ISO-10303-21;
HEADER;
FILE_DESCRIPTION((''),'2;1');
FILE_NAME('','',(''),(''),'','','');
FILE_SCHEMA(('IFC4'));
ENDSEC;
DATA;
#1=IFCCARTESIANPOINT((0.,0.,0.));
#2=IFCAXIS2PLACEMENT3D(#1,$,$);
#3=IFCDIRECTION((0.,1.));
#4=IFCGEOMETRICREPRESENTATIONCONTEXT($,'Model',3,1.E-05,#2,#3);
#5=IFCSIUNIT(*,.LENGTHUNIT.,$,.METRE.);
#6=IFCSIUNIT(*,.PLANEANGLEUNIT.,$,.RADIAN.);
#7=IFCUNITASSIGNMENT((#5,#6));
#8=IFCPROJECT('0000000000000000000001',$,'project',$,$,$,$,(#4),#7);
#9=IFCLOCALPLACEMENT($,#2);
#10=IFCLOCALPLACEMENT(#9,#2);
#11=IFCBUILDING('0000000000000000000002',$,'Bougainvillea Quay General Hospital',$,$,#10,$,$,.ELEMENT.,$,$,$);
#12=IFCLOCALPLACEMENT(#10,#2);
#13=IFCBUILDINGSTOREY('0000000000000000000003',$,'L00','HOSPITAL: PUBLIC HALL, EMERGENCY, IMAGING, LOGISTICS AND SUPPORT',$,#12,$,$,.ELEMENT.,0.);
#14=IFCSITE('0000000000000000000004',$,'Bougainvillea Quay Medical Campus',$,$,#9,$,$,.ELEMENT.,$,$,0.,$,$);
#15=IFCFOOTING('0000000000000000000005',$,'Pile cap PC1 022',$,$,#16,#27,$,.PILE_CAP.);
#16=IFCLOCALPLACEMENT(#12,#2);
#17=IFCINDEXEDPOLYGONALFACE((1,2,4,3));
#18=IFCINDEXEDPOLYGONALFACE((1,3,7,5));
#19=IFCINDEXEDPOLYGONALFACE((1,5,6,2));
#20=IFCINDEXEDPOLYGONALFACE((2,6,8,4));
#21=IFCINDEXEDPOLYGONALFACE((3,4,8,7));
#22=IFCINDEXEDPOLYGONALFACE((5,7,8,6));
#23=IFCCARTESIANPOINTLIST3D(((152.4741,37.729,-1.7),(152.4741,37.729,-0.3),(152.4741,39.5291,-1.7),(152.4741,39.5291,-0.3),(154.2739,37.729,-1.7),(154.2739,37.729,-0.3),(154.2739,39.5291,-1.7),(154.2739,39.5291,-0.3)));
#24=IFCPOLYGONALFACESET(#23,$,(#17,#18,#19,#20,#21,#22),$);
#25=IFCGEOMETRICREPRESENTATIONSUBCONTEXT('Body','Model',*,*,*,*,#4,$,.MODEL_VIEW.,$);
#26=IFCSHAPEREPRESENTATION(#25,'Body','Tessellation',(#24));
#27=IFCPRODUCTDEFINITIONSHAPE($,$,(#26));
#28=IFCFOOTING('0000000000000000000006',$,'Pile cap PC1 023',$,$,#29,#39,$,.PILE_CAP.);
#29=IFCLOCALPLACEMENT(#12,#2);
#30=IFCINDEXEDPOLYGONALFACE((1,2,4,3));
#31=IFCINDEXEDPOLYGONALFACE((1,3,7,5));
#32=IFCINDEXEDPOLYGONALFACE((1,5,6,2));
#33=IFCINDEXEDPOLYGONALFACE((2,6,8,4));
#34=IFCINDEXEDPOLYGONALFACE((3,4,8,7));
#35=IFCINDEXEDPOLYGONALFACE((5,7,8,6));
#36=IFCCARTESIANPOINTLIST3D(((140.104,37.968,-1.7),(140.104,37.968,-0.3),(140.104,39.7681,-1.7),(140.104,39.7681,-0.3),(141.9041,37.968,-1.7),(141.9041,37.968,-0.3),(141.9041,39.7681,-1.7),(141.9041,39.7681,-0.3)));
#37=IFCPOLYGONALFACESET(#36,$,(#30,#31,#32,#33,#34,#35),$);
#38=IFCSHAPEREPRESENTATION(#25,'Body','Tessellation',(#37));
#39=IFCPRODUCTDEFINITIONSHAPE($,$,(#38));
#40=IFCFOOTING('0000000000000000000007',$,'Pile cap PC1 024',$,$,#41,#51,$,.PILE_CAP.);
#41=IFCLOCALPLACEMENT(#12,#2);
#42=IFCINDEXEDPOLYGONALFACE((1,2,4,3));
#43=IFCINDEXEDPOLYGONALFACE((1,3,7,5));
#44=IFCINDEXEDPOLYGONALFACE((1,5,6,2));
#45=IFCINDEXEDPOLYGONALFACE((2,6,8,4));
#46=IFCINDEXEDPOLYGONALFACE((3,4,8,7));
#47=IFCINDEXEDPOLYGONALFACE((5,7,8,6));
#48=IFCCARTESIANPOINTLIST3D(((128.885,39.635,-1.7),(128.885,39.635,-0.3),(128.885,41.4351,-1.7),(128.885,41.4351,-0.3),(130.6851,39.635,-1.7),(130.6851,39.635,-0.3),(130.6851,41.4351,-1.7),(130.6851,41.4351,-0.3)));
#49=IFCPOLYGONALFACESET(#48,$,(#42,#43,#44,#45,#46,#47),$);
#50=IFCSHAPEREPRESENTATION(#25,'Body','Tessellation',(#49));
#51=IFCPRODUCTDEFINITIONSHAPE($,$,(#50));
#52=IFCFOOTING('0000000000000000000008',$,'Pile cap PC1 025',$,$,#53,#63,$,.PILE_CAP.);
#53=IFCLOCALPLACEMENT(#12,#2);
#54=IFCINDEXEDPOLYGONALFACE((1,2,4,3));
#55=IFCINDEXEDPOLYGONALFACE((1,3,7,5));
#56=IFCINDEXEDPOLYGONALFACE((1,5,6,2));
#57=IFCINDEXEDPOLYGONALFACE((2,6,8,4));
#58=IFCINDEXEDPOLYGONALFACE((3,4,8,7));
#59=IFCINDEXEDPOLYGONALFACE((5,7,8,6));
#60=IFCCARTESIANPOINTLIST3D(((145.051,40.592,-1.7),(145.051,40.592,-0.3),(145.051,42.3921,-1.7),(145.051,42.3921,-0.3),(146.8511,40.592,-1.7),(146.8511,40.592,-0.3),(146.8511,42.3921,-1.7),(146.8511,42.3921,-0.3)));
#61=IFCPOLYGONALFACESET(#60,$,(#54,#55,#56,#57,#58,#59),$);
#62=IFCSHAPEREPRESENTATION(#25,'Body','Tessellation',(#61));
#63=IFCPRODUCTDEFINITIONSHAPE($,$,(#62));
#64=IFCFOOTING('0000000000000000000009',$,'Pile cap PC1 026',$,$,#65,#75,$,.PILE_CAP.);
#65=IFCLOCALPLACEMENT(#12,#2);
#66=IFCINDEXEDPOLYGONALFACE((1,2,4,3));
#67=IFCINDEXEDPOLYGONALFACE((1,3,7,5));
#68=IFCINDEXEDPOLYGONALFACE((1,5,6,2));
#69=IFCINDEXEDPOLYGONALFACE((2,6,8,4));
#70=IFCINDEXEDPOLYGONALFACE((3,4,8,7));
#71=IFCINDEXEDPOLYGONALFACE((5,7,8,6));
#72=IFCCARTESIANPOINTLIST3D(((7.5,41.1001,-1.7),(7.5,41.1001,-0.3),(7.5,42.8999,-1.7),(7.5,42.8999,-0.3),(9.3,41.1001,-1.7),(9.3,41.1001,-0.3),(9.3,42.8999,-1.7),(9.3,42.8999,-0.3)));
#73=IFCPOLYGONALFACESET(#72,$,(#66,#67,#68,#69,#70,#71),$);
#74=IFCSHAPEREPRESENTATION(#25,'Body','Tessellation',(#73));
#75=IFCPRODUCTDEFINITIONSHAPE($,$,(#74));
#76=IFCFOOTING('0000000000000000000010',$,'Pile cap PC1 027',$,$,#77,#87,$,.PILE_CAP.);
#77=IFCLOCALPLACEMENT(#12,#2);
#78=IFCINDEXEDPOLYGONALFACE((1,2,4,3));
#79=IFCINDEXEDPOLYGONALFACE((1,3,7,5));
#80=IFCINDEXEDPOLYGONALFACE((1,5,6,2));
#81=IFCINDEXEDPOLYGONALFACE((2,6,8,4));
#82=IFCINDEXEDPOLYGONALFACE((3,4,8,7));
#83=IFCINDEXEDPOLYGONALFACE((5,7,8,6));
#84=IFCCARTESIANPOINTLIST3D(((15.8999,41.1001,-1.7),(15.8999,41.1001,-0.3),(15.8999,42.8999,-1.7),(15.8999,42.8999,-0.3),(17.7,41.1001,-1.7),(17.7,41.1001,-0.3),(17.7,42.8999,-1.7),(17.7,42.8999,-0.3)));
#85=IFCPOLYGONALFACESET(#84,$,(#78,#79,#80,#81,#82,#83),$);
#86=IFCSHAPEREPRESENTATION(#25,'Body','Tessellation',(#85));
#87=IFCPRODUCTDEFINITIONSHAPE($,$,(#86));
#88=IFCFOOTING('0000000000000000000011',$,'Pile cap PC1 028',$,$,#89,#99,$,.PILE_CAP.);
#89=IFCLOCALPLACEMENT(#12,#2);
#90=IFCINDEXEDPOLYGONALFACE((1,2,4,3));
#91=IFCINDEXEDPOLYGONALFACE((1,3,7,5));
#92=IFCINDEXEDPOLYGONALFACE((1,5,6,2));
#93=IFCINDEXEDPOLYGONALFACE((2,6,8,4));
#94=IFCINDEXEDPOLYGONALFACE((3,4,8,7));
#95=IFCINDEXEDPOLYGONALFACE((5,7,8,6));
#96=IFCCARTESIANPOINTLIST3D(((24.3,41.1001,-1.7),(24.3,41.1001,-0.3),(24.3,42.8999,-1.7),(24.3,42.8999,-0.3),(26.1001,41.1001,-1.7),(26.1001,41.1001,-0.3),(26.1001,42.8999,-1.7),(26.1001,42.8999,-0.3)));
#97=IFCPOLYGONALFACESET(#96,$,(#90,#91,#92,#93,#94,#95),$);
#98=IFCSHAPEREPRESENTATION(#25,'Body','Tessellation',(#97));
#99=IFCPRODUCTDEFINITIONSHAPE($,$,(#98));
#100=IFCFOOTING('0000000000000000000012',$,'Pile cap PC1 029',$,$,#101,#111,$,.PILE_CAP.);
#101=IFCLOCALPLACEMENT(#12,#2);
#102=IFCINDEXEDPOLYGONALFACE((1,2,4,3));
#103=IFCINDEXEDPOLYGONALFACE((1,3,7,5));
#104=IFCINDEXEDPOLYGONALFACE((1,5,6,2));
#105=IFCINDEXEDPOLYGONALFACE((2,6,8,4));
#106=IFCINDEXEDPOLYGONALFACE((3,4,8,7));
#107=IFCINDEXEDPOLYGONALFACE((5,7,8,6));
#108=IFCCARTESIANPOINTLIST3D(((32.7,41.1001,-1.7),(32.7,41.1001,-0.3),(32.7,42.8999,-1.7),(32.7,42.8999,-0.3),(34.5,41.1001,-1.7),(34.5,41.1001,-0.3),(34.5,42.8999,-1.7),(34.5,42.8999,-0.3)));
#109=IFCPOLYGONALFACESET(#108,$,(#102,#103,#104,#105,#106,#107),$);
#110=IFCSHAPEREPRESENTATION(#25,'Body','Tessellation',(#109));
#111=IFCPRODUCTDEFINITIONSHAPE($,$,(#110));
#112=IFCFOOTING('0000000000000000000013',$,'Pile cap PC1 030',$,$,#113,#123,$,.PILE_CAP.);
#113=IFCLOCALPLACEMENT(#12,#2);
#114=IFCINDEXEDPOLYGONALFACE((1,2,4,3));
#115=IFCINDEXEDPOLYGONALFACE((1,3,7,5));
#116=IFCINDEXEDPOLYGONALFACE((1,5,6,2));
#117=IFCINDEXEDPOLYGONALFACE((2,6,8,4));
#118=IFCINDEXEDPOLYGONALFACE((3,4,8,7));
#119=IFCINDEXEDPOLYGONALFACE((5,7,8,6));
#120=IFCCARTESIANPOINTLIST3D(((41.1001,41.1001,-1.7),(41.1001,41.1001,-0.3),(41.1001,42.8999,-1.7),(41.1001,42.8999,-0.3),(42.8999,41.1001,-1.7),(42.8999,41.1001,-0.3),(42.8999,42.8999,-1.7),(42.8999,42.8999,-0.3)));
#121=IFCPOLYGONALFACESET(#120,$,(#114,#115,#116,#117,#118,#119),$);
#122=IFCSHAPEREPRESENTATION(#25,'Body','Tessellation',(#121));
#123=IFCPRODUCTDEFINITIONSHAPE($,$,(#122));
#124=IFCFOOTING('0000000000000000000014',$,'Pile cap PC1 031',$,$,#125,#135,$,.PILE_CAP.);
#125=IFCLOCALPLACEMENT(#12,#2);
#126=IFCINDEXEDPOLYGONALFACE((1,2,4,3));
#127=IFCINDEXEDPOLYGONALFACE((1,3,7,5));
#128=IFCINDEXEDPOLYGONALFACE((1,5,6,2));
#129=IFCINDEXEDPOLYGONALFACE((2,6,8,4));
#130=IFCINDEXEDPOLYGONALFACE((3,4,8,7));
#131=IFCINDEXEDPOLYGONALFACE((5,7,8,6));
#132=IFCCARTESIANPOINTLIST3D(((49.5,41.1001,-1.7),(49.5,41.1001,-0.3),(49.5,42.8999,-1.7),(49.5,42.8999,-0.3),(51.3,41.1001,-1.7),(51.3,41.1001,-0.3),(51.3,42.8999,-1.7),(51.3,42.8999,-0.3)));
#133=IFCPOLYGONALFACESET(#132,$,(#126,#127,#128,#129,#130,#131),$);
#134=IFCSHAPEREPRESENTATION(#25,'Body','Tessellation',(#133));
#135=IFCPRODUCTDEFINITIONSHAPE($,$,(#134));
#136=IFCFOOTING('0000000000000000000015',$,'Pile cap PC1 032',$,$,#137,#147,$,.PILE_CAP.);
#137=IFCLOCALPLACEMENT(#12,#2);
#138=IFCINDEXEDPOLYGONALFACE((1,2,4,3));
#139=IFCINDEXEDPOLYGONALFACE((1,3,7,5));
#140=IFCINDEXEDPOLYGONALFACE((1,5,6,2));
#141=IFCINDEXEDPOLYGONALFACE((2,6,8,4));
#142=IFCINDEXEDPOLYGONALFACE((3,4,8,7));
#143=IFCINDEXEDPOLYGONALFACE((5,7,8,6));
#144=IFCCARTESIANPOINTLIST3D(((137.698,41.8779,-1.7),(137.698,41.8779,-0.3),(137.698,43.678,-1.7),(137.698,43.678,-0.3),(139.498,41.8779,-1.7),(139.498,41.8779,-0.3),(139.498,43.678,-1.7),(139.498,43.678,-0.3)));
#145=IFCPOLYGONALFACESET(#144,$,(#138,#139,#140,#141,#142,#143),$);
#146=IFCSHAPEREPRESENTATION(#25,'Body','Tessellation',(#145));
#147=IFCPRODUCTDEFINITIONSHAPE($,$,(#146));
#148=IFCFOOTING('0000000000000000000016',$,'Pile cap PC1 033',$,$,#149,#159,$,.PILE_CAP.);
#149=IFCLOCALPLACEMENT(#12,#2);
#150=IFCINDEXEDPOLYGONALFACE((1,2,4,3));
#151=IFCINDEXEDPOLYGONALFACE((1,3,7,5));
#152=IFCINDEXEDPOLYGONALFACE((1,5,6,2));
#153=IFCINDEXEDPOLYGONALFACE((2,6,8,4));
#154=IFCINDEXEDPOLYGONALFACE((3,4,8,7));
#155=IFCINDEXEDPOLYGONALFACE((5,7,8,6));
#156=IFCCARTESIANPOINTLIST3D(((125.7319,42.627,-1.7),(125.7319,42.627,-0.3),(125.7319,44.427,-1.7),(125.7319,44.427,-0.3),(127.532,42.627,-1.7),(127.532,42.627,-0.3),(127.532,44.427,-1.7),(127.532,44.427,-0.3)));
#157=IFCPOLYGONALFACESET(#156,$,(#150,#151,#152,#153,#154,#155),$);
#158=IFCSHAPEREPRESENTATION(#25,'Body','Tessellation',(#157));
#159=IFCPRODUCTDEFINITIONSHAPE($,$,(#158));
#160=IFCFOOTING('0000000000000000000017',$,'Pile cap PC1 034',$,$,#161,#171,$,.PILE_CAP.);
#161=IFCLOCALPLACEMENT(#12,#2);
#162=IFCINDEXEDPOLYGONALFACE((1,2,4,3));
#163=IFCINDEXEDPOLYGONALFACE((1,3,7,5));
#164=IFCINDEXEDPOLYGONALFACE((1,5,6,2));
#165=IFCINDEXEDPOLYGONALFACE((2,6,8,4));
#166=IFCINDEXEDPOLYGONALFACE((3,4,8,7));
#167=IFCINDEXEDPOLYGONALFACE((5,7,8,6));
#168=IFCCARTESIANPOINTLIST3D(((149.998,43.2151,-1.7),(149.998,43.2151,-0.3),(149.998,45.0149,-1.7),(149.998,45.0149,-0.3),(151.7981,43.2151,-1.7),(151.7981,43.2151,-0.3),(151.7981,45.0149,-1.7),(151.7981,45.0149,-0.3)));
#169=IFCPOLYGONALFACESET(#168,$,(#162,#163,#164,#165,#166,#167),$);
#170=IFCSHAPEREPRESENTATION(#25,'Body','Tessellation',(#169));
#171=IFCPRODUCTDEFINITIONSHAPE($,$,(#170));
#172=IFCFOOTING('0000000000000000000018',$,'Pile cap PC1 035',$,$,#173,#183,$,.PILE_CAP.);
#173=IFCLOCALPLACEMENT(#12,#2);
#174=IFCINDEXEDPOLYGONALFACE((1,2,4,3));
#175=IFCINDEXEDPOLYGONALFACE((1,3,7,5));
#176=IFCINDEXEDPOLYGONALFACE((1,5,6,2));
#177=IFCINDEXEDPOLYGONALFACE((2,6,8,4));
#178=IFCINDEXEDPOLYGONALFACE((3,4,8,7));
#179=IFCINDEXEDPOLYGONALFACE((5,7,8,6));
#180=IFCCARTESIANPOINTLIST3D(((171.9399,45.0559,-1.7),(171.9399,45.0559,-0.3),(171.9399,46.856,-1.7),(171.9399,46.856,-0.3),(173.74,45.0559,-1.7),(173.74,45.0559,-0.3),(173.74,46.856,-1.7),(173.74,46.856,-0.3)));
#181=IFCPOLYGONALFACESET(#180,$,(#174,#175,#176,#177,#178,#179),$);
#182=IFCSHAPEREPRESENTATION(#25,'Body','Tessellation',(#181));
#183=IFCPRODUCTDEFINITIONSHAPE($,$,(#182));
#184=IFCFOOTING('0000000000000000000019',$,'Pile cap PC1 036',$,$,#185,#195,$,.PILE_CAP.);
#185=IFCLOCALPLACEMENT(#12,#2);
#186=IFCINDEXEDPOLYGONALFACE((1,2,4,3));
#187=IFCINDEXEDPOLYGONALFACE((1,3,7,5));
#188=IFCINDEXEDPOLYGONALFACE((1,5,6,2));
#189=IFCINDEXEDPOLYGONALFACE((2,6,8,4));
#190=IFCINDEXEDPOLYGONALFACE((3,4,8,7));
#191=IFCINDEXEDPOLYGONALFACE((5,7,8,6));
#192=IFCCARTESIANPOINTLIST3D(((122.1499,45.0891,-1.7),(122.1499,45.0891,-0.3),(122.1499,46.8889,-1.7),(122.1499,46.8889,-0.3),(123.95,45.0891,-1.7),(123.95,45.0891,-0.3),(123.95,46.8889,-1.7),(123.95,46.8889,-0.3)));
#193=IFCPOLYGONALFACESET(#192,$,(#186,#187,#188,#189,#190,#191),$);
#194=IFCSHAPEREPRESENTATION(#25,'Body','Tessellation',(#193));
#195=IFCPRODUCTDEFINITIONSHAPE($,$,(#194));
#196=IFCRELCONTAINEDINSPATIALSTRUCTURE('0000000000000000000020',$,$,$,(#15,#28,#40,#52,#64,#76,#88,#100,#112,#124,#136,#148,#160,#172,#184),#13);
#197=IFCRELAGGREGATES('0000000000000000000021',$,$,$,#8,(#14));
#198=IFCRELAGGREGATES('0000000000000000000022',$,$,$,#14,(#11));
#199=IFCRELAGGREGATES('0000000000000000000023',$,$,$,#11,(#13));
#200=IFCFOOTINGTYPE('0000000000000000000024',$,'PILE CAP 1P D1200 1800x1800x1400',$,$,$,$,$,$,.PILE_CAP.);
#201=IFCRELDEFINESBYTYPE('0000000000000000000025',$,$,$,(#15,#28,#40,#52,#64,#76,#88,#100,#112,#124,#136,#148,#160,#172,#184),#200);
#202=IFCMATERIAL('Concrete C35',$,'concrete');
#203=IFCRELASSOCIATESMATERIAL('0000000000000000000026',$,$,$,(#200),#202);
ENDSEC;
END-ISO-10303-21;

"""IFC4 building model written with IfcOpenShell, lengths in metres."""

from ifc_helpers import new_model, si_unit, direction, frame, origin, place, context, subcontext, project, spatial, polyline, outline, extrude, material, type_object, element, save


model = new_model("IFC4")

# Units and contexts
model_context = context("Model", 3, precision=1e-05, world=origin(), true_north=direction((0.0, 1.0)))
body_context = subcontext(model_context, "Body", "Model", "MODEL_VIEW")
ifc_project = project(units=[si_unit("LENGTHUNIT", "METRE"), si_unit("PLANEANGLEUNIT", "RADIAN")], contexts=[model_context])

# Site, building, storey
site_placement = place(None, origin())
site = spatial("IfcSite", under=ifc_project, at=site_placement, Name="Bougainvillea Quay Medical Campus", CompositionType="ELEMENT", RefElevation=0.0)
building_placement = place(site_placement, origin())
building = spatial("IfcBuilding", under=site, at=building_placement, Name="Bougainvillea Quay General Hospital", CompositionType="ELEMENT")
storey_placement = place(building_placement, origin())
storey = spatial("IfcBuildingStorey", under=building, at=storey_placement, Name="L00", Description="HOSPITAL: PUBLIC HALL, EMERGENCY, IMAGING, LOGISTICS AND SUPPORT", CompositionType="ELEMENT", Elevation=0.0)

# Footings
ifc_material = material(Name="Concrete C35", Category="concrete")
footing_type_1 = type_object("IfcFootingType", Name="PILE CAP 1P D1200 1800x1800x1400", PredefinedType="PILE_CAP", material=ifc_material)
footing_1_placement = place(storey_placement, frame((0.0, 0.0, -1.7)))
element("IfcFooting", 1, at=footing_1_placement, inside=storey, type_object=footing_type_1, Name="Pile cap PC1 022", PredefinedType="PILE_CAP", context=body_context, shape_type="SweptSolid", body=[
    extrude(outline(polyline([(152.4741, 37.729), (154.2739, 37.729), (154.2739, 39.5291), (152.4741, 39.5291), (152.4741, 37.729)])), origin(), (0.0, 0.0, 1.0), 1.3999),
])
footing_2_placement = place(storey_placement, frame((0.0, 0.0, -1.7)))
element("IfcFooting", 2, at=footing_2_placement, inside=storey, type_object=footing_type_1, Name="Pile cap PC1 023", PredefinedType="PILE_CAP", context=body_context, shape_type="SweptSolid", body=[
    extrude(outline(polyline([(140.104, 37.968), (141.9041, 37.968), (141.9041, 39.7681), (140.104, 39.7681), (140.104, 37.968)])), origin(), (0.0, 0.0, 1.0), 1.3999),
])
footing_3_placement = place(storey_placement, frame((0.0, 0.0, -1.7)))
element("IfcFooting", 3, at=footing_3_placement, inside=storey, type_object=footing_type_1, Name="Pile cap PC1 024", PredefinedType="PILE_CAP", context=body_context, shape_type="SweptSolid", body=[
    extrude(outline(polyline([(128.885, 39.635), (130.6851, 39.635), (130.6851, 41.4351), (128.885, 41.4351), (128.885, 39.635)])), origin(), (0.0, 0.0, 1.0), 1.3999),
])
footing_4_placement = place(storey_placement, frame((0.0, 0.0, -1.7)))
element("IfcFooting", 4, at=footing_4_placement, inside=storey, type_object=footing_type_1, Name="Pile cap PC1 025", PredefinedType="PILE_CAP", context=body_context, shape_type="SweptSolid", body=[
    extrude(outline(polyline([(145.051, 40.592), (146.8511, 40.592), (146.8511, 42.3921), (145.051, 42.3921), (145.051, 40.592)])), origin(), (0.0, 0.0, 1.0), 1.3999),
])
footing_5_placement = place(storey_placement, frame((0.0, 0.0, -1.7)))
element("IfcFooting", 5, at=footing_5_placement, inside=storey, type_object=footing_type_1, Name="Pile cap PC1 026", PredefinedType="PILE_CAP", context=body_context, shape_type="SweptSolid", body=[
    extrude(outline(polyline([(7.5, 41.1001), (9.3, 41.1001), (9.3, 42.8999), (7.5, 42.8999), (7.5, 41.1001)])), origin(), (0.0, 0.0, 1.0), 1.3999),
])
footing_6_placement = place(storey_placement, frame((0.0, 0.0, -1.7)))
element("IfcFooting", 6, at=footing_6_placement, inside=storey, type_object=footing_type_1, Name="Pile cap PC1 027", PredefinedType="PILE_CAP", context=body_context, shape_type="SweptSolid", body=[
    extrude(outline(polyline([(15.8999, 41.1001), (17.7, 41.1001), (17.7, 42.8999), (15.8999, 42.8999), (15.8999, 41.1001)])), origin(), (0.0, 0.0, 1.0), 1.3999),
])
footing_7_placement = place(storey_placement, frame((0.0, 0.0, -1.7)))
element("IfcFooting", 7, at=footing_7_placement, inside=storey, type_object=footing_type_1, Name="Pile cap PC1 028", PredefinedType="PILE_CAP", context=body_context, shape_type="SweptSolid", body=[
    extrude(outline(polyline([(24.3, 41.1001), (26.1001, 41.1001), (26.1001, 42.8999), (24.3, 42.8999), (24.3, 41.1001)])), origin(), (0.0, 0.0, 1.0), 1.3999),
])
footing_8_placement = place(storey_placement, frame((0.0, 0.0, -1.7)))
element("IfcFooting", 8, at=footing_8_placement, inside=storey, type_object=footing_type_1, Name="Pile cap PC1 029", PredefinedType="PILE_CAP", context=body_context, shape_type="SweptSolid", body=[
    extrude(outline(polyline([(32.7, 41.1001), (34.5, 41.1001), (34.5, 42.8999), (32.7, 42.8999), (32.7, 41.1001)])), origin(), (0.0, 0.0, 1.0), 1.3999),
])
footing_9_placement = place(storey_placement, frame((0.0, 0.0, -1.7)))
element("IfcFooting", 9, at=footing_9_placement, inside=storey, type_object=footing_type_1, Name="Pile cap PC1 030", PredefinedType="PILE_CAP", context=body_context, shape_type="SweptSolid", body=[
    extrude(outline(polyline([(41.1001, 41.1001), (42.8999, 41.1001), (42.8999, 42.8999), (41.1001, 42.8999), (41.1001, 41.1001)])), origin(), (0.0, 0.0, 1.0), 1.3999),
])
footing_10_placement = place(storey_placement, frame((0.0, 0.0, -1.7)))
element("IfcFooting", 10, at=footing_10_placement, inside=storey, type_object=footing_type_1, Name="Pile cap PC1 031", PredefinedType="PILE_CAP", context=body_context, shape_type="SweptSolid", body=[
    extrude(outline(polyline([(49.5, 41.1001), (51.3, 41.1001), (51.3, 42.8999), (49.5, 42.8999), (49.5, 41.1001)])), origin(), (0.0, 0.0, 1.0), 1.3999),
])
footing_11_placement = place(storey_placement, frame((0.0, 0.0, -1.7)))
element("IfcFooting", 11, at=footing_11_placement, inside=storey, type_object=footing_type_1, Name="Pile cap PC1 032", PredefinedType="PILE_CAP", context=body_context, shape_type="SweptSolid", body=[
    extrude(outline(polyline([(137.698, 41.8779), (139.498, 41.8779), (139.498, 43.678), (137.698, 43.678), (137.698, 41.8779)])), origin(), (0.0, 0.0, 1.0), 1.3999),
])
footing_12_placement = place(storey_placement, frame((0.0, 0.0, -1.7)))
element("IfcFooting", 12, at=footing_12_placement, inside=storey, type_object=footing_type_1, Name="Pile cap PC1 033", PredefinedType="PILE_CAP", context=body_context, shape_type="SweptSolid", body=[
    extrude(outline(polyline([(125.7319, 42.627), (127.532, 42.627), (127.532, 44.427), (125.7319, 44.427), (125.7319, 42.627)])), origin(), (0.0, 0.0, 1.0), 1.3999),
])
footing_13_placement = place(storey_placement, frame((0.0, 0.0, -1.7)))
element("IfcFooting", 13, at=footing_13_placement, inside=storey, type_object=footing_type_1, Name="Pile cap PC1 034", PredefinedType="PILE_CAP", context=body_context, shape_type="SweptSolid", body=[
    extrude(outline(polyline([(149.998, 43.2151), (151.7981, 43.2151), (151.7981, 45.0149), (149.998, 45.0149), (149.998, 43.2151)])), origin(), (0.0, 0.0, 1.0), 1.3999),
])
footing_14_placement = place(storey_placement, frame((0.0, 0.0, -1.7)))
element("IfcFooting", 14, at=footing_14_placement, inside=storey, type_object=footing_type_1, Name="Pile cap PC1 035", PredefinedType="PILE_CAP", context=body_context, shape_type="SweptSolid", body=[
    extrude(outline(polyline([(171.9399, 45.0559), (173.74, 45.0559), (173.74, 46.856), (171.9399, 46.856), (171.9399, 45.0559)])), origin(), (0.0, 0.0, 1.0), 1.3999),
])
footing_15_placement = place(storey_placement, frame((0.0, 0.0, -1.7)))
element("IfcFooting", 15, at=footing_15_placement, inside=storey, type_object=footing_type_1, Name="Pile cap PC1 036", PredefinedType="PILE_CAP", context=body_context, shape_type="SweptSolid", body=[
    extrude(outline(polyline([(122.1499, 45.0891), (123.95, 45.0891), (123.95, 46.8889), (122.1499, 46.8889), (122.1499, 45.0891)])), origin(), (0.0, 0.0, 1.0), 1.3999),
])

save(model, "model.ifc")
